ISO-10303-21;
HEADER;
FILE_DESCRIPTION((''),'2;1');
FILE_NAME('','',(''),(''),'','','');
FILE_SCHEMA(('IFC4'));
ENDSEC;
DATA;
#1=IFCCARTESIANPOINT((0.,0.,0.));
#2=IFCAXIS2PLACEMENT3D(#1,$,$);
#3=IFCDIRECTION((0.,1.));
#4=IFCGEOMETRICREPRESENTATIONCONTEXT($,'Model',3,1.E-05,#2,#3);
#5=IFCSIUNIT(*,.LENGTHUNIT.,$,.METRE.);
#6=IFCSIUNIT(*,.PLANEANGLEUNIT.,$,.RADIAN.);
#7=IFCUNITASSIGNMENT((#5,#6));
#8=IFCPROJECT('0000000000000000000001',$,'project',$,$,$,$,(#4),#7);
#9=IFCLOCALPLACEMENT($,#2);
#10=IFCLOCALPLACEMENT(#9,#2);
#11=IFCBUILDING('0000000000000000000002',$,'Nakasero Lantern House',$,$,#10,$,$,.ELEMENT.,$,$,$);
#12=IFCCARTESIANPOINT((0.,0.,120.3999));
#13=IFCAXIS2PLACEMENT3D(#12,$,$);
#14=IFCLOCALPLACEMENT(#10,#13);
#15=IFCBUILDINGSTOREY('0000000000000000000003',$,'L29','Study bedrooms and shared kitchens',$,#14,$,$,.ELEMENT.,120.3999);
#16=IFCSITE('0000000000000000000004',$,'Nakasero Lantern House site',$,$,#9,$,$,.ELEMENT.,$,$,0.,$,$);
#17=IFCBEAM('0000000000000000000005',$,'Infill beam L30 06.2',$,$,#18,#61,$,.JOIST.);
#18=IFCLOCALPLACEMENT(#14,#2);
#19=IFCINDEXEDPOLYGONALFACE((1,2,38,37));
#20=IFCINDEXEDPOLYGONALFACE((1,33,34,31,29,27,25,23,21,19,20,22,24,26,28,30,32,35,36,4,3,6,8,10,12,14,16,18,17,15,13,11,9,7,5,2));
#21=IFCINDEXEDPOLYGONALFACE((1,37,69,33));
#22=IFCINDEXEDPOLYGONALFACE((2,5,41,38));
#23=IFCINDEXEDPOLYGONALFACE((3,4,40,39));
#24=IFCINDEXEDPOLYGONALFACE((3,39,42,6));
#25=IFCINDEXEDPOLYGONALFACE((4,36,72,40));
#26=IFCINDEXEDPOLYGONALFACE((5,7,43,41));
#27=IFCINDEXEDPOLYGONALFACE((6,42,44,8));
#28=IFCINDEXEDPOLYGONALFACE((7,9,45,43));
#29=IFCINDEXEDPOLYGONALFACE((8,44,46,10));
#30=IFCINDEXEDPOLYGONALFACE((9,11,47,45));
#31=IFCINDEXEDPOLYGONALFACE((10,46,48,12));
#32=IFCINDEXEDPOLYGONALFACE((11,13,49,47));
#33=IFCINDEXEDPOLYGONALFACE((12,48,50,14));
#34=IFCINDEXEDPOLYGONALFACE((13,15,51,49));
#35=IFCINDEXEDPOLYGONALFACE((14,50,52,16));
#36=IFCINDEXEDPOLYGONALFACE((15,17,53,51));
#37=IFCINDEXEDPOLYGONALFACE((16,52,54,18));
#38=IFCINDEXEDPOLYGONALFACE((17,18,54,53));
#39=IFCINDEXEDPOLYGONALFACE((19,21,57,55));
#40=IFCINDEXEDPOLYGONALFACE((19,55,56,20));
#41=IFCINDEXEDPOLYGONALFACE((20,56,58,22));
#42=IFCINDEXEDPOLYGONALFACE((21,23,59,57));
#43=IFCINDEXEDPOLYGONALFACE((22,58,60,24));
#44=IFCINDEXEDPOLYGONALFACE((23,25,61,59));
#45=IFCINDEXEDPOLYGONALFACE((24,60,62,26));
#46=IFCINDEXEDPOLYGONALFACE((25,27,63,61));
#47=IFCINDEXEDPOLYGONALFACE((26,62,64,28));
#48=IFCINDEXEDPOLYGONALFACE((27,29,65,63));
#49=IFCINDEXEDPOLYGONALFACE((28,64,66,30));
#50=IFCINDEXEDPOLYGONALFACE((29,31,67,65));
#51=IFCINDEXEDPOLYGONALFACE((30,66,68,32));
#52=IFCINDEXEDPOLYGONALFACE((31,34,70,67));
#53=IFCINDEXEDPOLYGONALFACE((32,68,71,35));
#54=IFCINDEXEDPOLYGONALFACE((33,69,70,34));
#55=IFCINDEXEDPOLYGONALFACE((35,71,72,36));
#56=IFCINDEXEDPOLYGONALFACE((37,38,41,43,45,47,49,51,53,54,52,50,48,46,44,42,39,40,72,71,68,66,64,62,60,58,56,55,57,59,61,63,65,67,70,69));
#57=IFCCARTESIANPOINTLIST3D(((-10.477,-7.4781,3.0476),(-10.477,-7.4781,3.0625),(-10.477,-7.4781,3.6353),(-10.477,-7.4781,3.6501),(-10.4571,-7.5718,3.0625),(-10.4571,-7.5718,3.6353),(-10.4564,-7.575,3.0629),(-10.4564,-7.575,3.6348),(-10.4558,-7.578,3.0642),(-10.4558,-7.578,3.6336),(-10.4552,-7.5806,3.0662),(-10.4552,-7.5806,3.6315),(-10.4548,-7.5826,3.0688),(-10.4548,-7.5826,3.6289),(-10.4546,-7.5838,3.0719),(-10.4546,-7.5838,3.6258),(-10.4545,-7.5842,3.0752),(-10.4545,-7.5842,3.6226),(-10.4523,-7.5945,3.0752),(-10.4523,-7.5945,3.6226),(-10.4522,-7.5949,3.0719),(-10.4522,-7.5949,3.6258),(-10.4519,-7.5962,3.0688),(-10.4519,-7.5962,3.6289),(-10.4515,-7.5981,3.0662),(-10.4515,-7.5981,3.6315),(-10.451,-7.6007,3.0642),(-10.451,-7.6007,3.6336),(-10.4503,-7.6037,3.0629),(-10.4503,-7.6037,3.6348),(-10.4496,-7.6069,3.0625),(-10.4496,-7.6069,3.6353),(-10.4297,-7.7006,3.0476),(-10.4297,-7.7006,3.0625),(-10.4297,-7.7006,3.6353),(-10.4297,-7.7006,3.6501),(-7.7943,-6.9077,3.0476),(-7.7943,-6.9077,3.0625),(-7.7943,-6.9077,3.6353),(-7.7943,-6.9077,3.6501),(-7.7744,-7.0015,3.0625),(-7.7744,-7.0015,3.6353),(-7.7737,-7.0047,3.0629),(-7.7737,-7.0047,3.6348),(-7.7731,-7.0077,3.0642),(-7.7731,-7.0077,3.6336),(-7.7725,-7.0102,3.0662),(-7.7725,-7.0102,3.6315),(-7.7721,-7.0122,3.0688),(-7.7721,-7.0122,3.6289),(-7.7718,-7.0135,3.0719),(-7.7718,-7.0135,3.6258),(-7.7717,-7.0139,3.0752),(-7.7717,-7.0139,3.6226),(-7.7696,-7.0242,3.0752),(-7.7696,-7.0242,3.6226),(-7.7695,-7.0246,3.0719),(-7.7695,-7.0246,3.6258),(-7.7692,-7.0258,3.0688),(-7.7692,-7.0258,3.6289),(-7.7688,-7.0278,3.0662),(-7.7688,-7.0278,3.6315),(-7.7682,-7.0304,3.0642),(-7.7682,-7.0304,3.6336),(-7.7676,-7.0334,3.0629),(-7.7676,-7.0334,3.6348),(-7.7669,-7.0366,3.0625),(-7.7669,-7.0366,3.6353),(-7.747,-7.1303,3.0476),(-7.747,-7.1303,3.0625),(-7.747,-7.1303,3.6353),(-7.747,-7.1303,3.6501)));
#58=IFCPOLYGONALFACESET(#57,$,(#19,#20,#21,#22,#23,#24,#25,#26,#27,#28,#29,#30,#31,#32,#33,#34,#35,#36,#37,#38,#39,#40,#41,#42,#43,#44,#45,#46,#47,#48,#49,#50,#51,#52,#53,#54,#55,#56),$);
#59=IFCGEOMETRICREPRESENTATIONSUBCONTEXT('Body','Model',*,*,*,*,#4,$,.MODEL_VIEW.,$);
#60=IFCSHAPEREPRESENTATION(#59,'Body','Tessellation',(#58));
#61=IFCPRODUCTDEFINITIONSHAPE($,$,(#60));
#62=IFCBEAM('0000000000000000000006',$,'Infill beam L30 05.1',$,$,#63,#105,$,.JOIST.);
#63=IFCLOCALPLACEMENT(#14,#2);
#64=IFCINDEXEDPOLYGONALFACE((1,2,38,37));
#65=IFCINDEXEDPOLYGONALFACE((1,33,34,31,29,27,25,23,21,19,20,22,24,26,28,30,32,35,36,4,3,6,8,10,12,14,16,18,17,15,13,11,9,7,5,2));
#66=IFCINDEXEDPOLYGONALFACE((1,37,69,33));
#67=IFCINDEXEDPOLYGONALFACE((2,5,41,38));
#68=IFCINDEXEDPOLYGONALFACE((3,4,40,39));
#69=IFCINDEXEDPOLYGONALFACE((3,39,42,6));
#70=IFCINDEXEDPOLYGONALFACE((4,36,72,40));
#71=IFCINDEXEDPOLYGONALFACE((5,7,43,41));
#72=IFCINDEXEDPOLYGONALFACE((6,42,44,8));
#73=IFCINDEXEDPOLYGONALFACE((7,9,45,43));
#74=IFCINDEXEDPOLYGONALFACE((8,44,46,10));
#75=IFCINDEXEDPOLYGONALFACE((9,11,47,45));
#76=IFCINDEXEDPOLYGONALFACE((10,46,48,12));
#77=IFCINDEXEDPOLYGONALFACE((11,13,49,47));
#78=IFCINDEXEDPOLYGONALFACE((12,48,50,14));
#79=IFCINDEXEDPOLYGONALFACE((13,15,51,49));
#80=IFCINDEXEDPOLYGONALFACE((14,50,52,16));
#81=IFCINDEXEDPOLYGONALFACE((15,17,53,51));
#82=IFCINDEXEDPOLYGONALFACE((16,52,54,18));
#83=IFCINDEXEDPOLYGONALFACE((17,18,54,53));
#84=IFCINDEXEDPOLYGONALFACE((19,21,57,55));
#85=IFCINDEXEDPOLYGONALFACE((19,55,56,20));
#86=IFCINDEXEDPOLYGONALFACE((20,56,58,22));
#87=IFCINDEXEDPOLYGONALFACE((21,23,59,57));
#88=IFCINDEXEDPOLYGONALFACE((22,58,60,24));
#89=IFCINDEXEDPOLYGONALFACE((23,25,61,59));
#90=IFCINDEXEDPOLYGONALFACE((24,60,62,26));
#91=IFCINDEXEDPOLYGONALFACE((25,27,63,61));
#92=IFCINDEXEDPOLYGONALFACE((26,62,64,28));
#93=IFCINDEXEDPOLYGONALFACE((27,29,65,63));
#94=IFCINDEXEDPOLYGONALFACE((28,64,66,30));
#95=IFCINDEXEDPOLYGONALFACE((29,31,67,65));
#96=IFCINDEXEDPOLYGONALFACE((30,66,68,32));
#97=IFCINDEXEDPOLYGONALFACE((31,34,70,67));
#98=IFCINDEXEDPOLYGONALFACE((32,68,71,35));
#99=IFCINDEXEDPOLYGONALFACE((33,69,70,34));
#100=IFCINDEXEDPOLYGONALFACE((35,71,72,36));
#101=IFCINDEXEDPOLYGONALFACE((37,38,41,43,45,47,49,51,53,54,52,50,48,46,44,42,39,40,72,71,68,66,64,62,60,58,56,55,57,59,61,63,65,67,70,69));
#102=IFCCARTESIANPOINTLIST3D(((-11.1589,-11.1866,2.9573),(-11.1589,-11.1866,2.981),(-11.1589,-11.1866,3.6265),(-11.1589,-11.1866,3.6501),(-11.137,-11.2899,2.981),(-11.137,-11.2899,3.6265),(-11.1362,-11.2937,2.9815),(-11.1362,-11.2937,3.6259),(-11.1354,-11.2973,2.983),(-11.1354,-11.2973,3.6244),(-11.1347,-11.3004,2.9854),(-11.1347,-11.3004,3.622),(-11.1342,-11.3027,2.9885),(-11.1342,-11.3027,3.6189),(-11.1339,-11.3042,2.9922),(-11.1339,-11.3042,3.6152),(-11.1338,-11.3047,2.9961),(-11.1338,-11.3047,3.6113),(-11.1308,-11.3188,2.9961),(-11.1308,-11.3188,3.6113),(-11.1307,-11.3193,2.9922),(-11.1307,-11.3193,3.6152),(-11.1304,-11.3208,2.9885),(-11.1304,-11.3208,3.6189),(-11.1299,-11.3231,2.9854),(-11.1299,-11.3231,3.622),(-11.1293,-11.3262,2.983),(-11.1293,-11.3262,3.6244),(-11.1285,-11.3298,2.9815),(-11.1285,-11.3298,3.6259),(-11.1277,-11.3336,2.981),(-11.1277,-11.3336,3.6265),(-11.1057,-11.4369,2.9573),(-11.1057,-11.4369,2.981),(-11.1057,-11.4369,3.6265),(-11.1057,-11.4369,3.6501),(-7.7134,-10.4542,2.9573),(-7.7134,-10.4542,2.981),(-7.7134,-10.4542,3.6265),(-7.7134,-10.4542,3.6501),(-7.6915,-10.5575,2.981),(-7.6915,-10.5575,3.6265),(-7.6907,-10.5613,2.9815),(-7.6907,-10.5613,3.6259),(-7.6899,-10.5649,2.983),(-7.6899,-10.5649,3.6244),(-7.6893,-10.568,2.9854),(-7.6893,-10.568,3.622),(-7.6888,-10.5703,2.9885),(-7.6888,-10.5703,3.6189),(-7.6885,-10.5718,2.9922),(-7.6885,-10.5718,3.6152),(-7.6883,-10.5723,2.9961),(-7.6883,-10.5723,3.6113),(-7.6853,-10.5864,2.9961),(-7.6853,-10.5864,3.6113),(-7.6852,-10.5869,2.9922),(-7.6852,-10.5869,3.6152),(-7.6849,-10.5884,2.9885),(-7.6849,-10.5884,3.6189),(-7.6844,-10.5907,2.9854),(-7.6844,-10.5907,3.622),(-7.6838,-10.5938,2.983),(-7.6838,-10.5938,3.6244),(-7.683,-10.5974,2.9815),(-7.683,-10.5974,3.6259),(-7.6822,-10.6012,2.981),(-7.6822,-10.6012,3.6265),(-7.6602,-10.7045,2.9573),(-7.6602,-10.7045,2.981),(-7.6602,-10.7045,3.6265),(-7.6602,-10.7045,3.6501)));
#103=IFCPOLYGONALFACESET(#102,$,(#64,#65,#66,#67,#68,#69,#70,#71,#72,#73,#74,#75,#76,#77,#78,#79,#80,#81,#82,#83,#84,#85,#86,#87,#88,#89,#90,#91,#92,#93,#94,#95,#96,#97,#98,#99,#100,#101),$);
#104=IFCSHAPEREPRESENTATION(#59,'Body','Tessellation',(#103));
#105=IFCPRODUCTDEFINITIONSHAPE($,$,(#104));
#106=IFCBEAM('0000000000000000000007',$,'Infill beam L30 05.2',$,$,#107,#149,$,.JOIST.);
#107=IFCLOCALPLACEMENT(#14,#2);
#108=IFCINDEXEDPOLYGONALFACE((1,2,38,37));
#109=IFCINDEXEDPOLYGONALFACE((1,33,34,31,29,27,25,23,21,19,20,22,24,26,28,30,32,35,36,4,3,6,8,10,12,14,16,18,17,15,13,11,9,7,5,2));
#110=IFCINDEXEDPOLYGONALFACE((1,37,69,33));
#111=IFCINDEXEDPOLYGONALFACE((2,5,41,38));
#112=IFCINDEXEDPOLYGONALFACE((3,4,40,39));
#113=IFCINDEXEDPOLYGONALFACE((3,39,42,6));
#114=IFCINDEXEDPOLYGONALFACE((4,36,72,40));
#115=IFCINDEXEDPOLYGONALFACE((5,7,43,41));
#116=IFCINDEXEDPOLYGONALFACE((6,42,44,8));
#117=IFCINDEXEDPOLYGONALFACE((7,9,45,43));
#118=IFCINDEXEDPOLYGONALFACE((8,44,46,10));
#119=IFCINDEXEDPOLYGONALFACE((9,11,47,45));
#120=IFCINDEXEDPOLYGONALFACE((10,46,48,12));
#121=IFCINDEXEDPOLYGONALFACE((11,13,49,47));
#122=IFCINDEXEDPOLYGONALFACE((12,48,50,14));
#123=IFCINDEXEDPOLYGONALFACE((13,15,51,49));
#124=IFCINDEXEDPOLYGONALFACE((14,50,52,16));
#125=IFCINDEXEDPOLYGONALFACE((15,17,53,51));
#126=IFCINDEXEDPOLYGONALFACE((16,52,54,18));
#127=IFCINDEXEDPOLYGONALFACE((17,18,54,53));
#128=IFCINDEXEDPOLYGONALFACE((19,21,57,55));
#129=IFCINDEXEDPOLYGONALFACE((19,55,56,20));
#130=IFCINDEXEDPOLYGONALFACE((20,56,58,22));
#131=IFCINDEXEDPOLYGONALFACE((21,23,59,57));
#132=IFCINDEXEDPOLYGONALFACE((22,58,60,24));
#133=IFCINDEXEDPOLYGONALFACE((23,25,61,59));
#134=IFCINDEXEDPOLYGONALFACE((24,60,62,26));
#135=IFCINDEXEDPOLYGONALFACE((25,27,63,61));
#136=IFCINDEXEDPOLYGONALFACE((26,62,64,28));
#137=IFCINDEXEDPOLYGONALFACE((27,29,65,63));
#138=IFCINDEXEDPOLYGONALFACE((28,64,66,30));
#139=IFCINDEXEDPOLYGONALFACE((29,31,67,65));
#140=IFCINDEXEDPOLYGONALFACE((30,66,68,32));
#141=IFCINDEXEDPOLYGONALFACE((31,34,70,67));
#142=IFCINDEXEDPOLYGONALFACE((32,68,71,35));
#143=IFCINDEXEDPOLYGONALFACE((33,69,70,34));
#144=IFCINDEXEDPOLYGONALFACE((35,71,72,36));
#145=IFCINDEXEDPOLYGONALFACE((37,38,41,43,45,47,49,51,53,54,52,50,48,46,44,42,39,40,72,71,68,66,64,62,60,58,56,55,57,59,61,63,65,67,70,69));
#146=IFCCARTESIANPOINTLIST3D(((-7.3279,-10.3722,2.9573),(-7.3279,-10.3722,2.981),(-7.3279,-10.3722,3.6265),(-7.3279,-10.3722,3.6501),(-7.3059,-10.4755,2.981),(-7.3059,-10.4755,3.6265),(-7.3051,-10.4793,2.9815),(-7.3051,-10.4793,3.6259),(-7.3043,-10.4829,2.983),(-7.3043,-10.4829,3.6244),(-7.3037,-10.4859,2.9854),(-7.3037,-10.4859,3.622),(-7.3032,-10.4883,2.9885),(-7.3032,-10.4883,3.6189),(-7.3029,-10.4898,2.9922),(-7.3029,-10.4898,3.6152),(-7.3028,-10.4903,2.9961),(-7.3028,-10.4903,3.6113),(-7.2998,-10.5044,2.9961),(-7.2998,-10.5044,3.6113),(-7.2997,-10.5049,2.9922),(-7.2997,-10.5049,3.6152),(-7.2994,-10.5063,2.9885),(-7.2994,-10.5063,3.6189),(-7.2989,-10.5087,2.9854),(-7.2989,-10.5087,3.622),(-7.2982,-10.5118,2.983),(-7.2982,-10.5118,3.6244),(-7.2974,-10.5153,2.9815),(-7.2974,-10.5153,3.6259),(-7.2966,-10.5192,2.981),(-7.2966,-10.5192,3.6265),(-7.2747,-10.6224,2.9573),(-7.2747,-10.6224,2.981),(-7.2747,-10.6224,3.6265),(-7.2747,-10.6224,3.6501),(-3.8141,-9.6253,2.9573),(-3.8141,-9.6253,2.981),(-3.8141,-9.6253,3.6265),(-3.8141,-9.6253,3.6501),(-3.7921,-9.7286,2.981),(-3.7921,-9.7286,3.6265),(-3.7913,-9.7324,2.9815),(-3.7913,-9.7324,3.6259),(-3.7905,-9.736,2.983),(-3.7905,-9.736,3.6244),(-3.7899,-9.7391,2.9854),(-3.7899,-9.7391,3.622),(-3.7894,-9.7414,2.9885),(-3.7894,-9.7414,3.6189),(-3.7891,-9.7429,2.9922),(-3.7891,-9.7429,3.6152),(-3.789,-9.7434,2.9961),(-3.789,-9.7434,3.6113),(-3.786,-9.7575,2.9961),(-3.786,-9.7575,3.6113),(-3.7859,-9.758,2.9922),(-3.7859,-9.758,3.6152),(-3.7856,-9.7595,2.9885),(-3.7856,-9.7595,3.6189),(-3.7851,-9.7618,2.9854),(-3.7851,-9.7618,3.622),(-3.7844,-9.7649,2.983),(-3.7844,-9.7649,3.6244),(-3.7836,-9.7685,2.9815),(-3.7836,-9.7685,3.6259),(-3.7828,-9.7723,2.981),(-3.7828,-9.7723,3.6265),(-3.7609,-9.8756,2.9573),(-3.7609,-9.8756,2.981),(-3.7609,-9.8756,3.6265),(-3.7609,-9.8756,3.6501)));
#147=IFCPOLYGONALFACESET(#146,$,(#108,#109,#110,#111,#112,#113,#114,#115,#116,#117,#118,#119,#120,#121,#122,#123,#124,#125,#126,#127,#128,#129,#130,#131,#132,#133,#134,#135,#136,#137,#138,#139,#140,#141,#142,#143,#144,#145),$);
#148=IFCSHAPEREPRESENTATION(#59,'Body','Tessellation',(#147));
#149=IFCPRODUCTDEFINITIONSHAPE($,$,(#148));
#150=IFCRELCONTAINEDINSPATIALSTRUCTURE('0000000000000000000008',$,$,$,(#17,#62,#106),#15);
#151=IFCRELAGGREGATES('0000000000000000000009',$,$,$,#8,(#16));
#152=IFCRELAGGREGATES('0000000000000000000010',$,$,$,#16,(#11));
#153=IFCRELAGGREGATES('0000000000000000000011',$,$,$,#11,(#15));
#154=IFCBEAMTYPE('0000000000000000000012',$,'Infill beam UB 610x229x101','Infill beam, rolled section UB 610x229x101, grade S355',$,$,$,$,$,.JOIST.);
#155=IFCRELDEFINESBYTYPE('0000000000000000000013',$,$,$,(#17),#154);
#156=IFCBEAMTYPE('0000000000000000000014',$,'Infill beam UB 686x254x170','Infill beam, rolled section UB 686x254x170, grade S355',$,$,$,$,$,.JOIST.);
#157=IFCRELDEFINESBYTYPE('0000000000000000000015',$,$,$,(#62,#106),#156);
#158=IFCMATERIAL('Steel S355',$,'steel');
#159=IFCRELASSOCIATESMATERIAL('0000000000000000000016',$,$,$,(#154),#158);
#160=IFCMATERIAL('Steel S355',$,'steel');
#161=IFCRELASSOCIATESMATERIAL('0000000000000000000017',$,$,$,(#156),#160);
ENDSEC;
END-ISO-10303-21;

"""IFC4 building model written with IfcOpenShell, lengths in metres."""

from ifc_helpers import new_model, si_unit, direction, frame, origin, origin_2d, place, context, subcontext, project, spatial, i_section, extrude, material, material_profile, profile_set, type_object, element, save


model = new_model("IFC4")

# Units and contexts
model_context = context("Model", 3, precision=1e-05, world=origin(), true_north=direction((0.0, 1.0)))
body_context = subcontext(model_context, "Body", "Model", "MODEL_VIEW")
ifc_project = project(units=[si_unit("LENGTHUNIT", "METRE"), si_unit("PLANEANGLEUNIT", "RADIAN")], contexts=[model_context])

# Site, building, storey
site_placement = place(None, origin())
site = spatial("IfcSite", under=ifc_project, at=site_placement, Name="Nakasero Lantern House site", CompositionType="ELEMENT", RefElevation=0.0)
building_placement = place(site_placement, origin())
building = spatial("IfcBuilding", under=site, at=building_placement, Name="Nakasero Lantern House", CompositionType="ELEMENT")
storey_placement = place(building_placement, frame((0.0, 0.0, 120.3999)))
storey = spatial("IfcBuildingStorey", under=building, at=storey_placement, Name="L29", Description="Study bedrooms and shared kitchens", CompositionType="ELEMENT", Elevation=120.3999)

# Beams
ifc_material_1 = material(Name="Steel S355", Category="steel")
ifc_material_profile_1 = material_profile(ifc_material_1, i_section(OverallWidth=0.2275, OverallDepth=0.6025, WebThickness=0.0105, FlangeThickness=0.0149, FilletRadius=0.0127, at=origin_2d()), Name="UB 610x229x101")
ifc_profile_set_1 = profile_set([ifc_material_profile_1], Name="Steel S355")
beam_type_1 = type_object("IfcBeamType", Name="Infill beam UB 610x229x101", Description="Infill beam, rolled section UB 610x229x101, grade S355", PredefinedType="JOIST", material=ifc_profile_set_1)
beam_1_placement = place(storey_placement, frame((-10.4534, -7.5894, 3.3489), z_axis=(0.97814, 0.207948, 0.0), x_axis=(-0.207948, 0.97814, 0.0)))
element("IfcBeam", 1, at=beam_1_placement, inside=storey, type_object=beam_type_1, Name="Infill beam L30 06.2", PredefinedType="JOIST", context=body_context, shape_type="SweptSolid", body=[
    extrude(i_section(OverallWidth=0.2275, OverallDepth=0.6025, WebThickness=0.0105, FlangeThickness=0.0149, FilletRadius=0.0127, at=origin_2d()), origin(), (0.0, 0.0, 1.0), 2.7427),
])
ifc_material_2 = material(Name="Steel S355", Category="steel")
ifc_material_profile_2 = material_profile(ifc_material_2, i_section(OverallWidth=0.2559, OverallDepth=0.6929, WebThickness=0.0144, FlangeThickness=0.0237, FilletRadius=0.0151, at=origin_2d()), Name="UB 686x254x170")
ifc_profile_set_2 = profile_set([ifc_material_profile_2], Name="Steel S355")
beam_type_2 = type_object("IfcBeamType", Name="Infill beam UB 686x254x170", Description="Infill beam, rolled section UB 686x254x170, grade S355", PredefinedType="JOIST", material=ifc_profile_set_2)
beam_2_placement = place(storey_placement, frame((-11.1323, -11.3118, 3.3037), z_axis=(0.978145, 0.207924, 0.0), x_axis=(-0.207924, 0.978145, 0.0)))
element("IfcBeam", 2, at=beam_2_placement, inside=storey, type_object=beam_type_2, Name="Infill beam L30 05.1", PredefinedType="JOIST", context=body_context, shape_type="SweptSolid", body=[
    extrude(i_section(OverallWidth=0.2559, OverallDepth=0.6929, WebThickness=0.0144, FlangeThickness=0.0237, FilletRadius=0.0151, at=origin_2d()), origin(), (0.0, 0.0, 1.0), 3.5225),
])
beam_3_placement = place(storey_placement, frame((-7.3013, -10.4973, 3.3037), z_axis=(0.978149, 0.207904, 0.0), x_axis=(-0.207904, 0.978149, 0.0)))
element("IfcBeam", 3, at=beam_3_placement, inside=storey, type_object=beam_type_2, Name="Infill beam L30 05.2", PredefinedType="JOIST", context=body_context, shape_type="SweptSolid", body=[
    extrude(i_section(OverallWidth=0.2559, OverallDepth=0.6929, WebThickness=0.0144, FlangeThickness=0.0237, FilletRadius=0.0151, at=origin_2d()), origin(), (0.0, 0.0, 1.0), 3.5923),
])

save(model, "model.ifc")
